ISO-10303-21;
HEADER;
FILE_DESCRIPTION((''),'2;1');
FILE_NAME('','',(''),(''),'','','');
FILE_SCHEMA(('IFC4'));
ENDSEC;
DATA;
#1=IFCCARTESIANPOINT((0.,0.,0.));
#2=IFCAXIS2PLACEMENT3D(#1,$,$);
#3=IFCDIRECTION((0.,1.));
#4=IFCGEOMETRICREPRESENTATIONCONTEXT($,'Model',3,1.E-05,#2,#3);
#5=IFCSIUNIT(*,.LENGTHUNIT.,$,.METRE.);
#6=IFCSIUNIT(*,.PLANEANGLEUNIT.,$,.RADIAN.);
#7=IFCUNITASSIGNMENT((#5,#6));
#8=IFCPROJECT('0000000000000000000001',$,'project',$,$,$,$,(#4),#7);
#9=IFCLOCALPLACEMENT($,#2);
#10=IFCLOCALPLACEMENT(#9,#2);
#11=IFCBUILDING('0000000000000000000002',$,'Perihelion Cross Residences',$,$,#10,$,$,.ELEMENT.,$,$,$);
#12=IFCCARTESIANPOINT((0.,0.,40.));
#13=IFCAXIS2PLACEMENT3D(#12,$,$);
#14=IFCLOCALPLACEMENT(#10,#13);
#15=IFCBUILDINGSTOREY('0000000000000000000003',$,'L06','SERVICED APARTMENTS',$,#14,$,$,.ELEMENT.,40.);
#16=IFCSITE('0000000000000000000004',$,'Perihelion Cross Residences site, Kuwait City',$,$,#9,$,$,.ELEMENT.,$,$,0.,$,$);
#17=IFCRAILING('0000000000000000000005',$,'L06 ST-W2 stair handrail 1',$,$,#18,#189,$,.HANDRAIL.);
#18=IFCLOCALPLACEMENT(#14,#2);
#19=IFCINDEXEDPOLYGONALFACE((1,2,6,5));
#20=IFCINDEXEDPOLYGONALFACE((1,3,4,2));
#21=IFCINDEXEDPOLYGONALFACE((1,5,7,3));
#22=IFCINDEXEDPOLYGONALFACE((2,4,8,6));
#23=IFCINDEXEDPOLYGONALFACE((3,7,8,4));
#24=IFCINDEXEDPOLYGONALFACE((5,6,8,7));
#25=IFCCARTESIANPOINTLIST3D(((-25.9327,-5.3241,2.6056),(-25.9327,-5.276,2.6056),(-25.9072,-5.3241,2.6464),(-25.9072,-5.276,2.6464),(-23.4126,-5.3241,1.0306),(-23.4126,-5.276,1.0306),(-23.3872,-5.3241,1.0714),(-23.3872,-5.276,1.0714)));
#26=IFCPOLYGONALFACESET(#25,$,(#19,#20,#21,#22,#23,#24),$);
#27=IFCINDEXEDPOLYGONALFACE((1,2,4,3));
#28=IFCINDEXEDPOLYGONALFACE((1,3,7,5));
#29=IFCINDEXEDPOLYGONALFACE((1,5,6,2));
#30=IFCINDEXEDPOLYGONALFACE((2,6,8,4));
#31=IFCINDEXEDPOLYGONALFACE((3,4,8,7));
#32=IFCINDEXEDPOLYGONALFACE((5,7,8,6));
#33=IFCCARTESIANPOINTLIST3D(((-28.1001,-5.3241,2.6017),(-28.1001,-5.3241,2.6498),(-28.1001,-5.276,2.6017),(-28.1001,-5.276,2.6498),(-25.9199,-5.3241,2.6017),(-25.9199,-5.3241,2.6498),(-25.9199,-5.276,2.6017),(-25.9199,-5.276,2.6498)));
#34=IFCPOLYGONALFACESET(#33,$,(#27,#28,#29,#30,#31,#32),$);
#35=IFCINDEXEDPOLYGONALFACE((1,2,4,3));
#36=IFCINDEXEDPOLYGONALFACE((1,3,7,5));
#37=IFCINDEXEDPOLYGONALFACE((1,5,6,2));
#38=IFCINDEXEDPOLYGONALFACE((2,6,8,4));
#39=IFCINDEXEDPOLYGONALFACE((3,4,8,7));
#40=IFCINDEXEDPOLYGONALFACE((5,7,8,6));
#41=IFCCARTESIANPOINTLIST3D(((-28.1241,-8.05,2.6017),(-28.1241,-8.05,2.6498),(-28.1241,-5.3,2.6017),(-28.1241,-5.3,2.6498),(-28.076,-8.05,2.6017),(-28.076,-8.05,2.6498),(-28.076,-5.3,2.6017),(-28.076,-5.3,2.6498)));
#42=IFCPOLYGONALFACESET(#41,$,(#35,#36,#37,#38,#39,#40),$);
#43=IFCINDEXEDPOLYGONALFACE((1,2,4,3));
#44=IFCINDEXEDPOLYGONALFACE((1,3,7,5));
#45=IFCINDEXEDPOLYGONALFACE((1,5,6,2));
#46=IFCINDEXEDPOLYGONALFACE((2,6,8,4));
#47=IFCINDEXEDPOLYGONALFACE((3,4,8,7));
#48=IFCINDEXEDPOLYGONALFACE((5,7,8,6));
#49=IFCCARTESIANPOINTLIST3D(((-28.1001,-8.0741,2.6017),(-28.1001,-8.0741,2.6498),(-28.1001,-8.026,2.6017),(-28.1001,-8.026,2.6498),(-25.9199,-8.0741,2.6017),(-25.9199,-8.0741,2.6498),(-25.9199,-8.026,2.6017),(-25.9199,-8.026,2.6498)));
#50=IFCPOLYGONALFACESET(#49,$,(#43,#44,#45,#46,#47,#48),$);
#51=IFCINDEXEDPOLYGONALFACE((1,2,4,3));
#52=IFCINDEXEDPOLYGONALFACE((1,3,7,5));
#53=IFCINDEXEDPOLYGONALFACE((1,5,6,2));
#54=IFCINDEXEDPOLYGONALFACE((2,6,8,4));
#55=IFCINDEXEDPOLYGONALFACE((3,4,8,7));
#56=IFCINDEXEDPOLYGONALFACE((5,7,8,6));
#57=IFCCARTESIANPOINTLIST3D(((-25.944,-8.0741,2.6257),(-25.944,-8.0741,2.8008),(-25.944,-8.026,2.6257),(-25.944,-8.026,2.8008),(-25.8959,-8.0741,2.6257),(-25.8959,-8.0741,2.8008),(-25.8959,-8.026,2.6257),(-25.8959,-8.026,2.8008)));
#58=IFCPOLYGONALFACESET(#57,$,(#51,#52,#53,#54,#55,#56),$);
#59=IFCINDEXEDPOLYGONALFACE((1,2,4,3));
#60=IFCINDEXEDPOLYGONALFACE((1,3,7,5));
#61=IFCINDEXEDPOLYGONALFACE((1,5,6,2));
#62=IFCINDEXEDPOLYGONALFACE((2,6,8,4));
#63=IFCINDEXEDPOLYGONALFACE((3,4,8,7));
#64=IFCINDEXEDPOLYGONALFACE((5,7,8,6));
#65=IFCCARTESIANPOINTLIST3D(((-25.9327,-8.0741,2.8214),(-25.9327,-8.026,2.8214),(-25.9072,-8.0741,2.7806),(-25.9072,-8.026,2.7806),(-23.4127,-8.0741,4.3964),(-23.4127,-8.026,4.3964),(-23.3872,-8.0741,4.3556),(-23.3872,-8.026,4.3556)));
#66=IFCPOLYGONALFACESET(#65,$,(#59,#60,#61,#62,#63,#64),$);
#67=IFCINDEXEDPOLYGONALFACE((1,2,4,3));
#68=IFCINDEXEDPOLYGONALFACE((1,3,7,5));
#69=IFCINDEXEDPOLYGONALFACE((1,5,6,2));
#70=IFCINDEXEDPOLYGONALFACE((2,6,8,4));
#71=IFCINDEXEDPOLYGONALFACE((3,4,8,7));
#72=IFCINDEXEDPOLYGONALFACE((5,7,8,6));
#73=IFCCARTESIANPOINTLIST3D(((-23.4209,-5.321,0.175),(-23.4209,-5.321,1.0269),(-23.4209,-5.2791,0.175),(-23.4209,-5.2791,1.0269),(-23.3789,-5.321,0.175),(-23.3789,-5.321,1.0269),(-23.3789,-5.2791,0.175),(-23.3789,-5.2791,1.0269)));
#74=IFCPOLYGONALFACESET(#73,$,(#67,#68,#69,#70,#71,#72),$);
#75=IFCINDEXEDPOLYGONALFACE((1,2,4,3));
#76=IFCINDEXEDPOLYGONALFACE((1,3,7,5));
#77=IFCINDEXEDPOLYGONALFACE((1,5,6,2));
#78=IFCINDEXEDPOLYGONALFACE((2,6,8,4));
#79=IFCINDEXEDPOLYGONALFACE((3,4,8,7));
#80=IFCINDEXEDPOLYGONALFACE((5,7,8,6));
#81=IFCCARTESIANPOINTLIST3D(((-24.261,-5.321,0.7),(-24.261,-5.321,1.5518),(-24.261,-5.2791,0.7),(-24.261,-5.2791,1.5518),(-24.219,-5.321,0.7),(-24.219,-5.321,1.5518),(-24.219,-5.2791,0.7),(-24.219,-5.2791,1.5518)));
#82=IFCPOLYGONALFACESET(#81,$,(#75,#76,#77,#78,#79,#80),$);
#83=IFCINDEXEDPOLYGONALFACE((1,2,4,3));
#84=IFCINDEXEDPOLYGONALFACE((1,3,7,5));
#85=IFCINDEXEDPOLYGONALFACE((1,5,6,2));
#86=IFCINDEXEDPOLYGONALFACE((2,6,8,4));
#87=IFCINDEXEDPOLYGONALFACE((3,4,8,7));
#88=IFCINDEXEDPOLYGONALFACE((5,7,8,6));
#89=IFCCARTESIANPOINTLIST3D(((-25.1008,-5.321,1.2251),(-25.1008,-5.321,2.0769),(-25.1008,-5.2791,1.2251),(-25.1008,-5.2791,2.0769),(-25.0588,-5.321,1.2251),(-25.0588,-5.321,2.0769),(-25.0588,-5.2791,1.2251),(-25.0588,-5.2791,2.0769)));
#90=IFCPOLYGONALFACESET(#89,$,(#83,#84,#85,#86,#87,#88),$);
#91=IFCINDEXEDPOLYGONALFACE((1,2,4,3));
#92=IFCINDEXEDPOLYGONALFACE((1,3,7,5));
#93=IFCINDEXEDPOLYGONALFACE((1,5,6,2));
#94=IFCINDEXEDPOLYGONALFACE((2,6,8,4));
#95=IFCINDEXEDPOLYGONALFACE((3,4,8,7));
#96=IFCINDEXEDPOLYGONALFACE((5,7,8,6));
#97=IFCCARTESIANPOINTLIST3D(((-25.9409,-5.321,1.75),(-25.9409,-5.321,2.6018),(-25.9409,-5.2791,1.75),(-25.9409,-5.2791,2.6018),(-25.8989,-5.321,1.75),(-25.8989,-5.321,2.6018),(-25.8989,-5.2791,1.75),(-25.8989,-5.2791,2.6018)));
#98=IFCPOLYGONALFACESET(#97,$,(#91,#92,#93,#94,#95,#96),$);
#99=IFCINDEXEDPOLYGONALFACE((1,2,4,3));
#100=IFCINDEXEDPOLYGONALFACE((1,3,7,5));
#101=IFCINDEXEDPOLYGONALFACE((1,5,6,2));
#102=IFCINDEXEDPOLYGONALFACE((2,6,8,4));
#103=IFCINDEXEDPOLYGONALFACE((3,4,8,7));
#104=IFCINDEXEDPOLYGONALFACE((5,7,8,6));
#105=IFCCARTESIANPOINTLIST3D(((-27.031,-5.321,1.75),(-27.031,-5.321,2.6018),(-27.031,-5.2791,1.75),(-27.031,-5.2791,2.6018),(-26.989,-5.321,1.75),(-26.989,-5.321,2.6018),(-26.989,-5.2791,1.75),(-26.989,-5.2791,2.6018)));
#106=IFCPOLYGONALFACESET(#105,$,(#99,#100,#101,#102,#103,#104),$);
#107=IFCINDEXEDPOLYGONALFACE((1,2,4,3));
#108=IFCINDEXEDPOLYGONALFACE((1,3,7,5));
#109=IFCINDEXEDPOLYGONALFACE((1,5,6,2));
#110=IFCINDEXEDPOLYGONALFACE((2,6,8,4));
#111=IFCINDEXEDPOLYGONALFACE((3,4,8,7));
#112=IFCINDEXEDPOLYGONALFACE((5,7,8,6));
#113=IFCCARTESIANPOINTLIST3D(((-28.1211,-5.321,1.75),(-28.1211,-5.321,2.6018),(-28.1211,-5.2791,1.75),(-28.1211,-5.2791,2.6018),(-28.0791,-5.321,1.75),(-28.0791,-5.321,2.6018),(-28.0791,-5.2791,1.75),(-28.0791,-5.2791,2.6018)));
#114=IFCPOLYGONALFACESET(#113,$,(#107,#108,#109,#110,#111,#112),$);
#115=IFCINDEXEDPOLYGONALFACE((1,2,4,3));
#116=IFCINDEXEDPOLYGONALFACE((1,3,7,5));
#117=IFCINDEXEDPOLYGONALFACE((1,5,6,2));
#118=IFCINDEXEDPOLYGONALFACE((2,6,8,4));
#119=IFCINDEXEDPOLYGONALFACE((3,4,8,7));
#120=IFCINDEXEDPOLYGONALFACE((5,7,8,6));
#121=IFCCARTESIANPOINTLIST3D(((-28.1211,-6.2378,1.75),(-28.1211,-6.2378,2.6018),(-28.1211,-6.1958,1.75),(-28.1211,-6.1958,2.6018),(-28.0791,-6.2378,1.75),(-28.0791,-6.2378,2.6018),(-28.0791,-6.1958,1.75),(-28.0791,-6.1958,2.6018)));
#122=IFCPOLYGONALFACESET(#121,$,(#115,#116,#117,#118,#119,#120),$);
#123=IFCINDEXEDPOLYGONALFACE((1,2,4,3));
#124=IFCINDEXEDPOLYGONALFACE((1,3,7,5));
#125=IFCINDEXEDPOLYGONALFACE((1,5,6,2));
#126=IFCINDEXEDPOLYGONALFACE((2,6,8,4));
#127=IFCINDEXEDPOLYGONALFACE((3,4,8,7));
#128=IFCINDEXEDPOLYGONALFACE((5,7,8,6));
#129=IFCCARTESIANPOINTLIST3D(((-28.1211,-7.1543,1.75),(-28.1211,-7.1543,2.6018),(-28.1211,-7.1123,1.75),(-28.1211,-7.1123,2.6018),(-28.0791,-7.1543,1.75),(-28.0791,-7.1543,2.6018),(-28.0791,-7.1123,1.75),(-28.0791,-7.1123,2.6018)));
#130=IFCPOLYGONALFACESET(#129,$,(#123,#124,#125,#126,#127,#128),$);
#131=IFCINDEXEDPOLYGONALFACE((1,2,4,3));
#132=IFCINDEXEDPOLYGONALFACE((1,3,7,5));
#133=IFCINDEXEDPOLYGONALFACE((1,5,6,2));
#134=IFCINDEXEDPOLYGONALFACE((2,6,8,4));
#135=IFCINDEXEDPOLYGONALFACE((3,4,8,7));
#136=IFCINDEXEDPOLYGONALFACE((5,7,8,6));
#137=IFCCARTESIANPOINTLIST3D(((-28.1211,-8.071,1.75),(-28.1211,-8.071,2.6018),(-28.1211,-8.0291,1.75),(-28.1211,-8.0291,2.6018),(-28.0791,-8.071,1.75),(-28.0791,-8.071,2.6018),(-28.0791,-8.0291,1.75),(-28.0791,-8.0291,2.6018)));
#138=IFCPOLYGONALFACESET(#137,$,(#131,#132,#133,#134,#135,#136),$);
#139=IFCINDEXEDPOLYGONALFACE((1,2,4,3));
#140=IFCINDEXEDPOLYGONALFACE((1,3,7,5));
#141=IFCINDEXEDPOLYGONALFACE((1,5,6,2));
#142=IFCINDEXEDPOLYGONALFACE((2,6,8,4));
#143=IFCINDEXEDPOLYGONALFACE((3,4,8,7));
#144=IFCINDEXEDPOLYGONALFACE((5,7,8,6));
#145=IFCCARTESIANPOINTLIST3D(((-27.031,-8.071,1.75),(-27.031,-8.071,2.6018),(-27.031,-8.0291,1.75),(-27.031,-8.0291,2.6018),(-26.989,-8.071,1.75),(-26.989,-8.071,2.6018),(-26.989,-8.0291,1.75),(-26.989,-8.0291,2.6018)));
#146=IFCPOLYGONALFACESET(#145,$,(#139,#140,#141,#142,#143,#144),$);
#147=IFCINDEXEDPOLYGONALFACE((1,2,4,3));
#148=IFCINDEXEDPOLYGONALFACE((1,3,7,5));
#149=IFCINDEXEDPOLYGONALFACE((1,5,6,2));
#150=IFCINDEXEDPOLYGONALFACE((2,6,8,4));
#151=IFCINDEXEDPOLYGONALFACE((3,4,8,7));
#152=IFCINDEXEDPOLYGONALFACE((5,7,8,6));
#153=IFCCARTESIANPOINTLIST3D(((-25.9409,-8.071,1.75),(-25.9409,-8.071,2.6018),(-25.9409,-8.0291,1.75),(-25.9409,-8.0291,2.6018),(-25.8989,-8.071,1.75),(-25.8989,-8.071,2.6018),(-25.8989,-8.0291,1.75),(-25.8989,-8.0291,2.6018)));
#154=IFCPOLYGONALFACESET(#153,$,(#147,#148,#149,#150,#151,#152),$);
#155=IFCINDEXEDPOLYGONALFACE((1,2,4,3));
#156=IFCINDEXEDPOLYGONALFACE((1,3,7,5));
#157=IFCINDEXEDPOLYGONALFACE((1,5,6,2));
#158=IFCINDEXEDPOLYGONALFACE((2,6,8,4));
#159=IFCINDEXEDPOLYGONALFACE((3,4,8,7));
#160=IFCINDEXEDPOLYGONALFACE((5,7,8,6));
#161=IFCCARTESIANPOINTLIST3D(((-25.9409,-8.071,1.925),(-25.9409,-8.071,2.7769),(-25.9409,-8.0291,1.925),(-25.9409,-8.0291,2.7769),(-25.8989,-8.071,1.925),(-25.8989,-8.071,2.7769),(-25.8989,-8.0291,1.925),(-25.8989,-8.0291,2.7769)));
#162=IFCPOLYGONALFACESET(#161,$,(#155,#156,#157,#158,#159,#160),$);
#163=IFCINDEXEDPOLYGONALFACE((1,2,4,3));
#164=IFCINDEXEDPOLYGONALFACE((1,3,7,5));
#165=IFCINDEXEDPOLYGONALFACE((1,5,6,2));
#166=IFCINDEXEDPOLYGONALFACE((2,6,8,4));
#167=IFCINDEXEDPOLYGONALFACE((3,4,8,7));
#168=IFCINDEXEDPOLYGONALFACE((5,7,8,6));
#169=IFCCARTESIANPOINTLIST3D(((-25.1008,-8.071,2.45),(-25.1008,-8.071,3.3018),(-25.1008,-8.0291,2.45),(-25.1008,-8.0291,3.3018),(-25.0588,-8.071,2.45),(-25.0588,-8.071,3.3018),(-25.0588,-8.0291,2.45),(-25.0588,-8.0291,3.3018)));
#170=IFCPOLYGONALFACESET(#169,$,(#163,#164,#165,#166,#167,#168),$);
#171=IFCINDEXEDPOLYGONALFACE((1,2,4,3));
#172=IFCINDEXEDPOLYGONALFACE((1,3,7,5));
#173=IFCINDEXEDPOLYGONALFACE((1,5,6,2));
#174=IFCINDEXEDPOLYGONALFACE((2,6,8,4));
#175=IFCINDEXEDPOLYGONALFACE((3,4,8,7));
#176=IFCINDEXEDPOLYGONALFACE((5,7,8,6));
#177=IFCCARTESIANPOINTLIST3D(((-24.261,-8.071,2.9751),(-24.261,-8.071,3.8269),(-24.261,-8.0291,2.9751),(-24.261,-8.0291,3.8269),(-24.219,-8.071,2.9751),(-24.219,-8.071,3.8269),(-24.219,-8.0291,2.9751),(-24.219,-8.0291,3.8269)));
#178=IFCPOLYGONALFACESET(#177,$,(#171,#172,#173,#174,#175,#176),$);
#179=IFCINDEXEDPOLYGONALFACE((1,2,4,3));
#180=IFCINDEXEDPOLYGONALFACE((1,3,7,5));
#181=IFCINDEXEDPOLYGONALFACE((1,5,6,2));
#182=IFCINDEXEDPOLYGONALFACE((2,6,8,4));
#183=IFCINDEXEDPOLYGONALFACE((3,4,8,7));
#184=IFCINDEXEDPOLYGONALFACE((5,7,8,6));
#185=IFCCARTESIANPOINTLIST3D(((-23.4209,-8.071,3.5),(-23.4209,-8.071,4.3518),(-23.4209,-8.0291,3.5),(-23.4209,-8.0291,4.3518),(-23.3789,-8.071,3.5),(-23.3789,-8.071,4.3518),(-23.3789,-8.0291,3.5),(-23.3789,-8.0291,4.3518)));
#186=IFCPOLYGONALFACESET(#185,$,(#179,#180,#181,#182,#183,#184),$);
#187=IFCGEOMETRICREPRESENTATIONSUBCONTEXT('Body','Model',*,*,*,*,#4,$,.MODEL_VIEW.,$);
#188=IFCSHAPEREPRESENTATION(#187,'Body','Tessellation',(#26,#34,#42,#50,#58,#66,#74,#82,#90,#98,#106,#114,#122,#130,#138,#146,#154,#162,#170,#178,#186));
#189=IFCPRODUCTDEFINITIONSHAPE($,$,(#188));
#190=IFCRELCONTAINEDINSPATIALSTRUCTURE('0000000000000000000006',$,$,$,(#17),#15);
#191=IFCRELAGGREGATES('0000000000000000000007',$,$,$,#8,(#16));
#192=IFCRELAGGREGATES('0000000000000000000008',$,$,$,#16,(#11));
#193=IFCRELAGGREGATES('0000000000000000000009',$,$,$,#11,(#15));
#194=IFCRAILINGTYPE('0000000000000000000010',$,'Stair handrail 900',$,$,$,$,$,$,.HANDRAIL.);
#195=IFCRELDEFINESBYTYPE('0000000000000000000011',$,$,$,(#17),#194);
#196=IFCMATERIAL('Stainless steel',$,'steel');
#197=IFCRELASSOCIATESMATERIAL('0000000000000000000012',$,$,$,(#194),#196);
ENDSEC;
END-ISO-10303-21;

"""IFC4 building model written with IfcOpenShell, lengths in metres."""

from ifc_helpers import new_model, si_unit, direction, frame, origin, origin_2d, place, context, subcontext, project, spatial, rectangle, extrude, material, type_object, element, save


model = new_model("IFC4")

# Units and contexts
model_context = context("Model", 3, precision=1e-05, world=origin(), true_north=direction((0.0, 1.0)))
body_context = subcontext(model_context, "Body", "Model", "MODEL_VIEW")
ifc_project = project(units=[si_unit("LENGTHUNIT", "METRE"), si_unit("PLANEANGLEUNIT", "RADIAN")], contexts=[model_context])

# Site, building, storey
site_placement = place(None, origin())
site = spatial("IfcSite", under=ifc_project, at=site_placement, Name="Perihelion Cross Residences site, Kuwait City", CompositionType="ELEMENT", RefElevation=0.0)
building_placement = place(site_placement, origin())
building = spatial("IfcBuilding", under=site, at=building_placement, Name="Perihelion Cross Residences", CompositionType="ELEMENT")
storey_placement = place(building_placement, frame((0.0, 0.0, 40.0)))
storey = spatial("IfcBuildingStorey", under=building, at=storey_placement, Name="L06", Description="SERVICED APARTMENTS", CompositionType="ELEMENT", Elevation=40.0)

# Railing
ifc_material_1 = material(Name="Stainless steel", Category="steel")
railing_type_1 = type_object("IfcRailingType", Name="Stair handrail 900", PredefinedType="HANDRAIL", material=ifc_material_1)
railing_1_placement = place(storey_placement, frame((-23.3999, -5.3, 0.175)))
element("IfcRailing", 1, at=railing_1_placement, inside=storey, type_object=railing_type_1, Name="L06 ST-W2 stair handrail 1", PredefinedType="HANDRAIL", context=body_context, shape_type="SweptSolid", body=[
    extrude(rectangle(XDim=0.0481, YDim=0.0481, at=origin_2d()), frame((0.0, 0.0, 0.876), z_axis=(-0.848008, 0.0, 0.529984), x_axis=(0.0, -1.0, 0.0)), (0.0, 0.0, 1.0), 2.9717),
    extrude(rectangle(XDim=0.0481, YDim=0.0481, at=origin_2d()), frame((-2.52, 0.0, 2.4507), z_axis=(-1.0, 0.0, 0.0), x_axis=(0.0, -1.0, 0.0)), (0.0, 0.0, 1.0), 2.1802),
    extrude(rectangle(XDim=0.0481, YDim=0.0481, at=origin_2d()), frame((-4.7002, 0.0, 2.4507), z_axis=(0.0, -1.0, 0.0), x_axis=(1.0, 0.0, 0.0)), (0.0, 0.0, 1.0), 2.75),
    extrude(rectangle(XDim=0.0481, YDim=0.0481, at=origin_2d()), frame((-4.7002, -2.75, 2.4507), z_axis=(1.0, 0.0, 0.0), x_axis=(0.0, 1.0, 0.0)), (0.0, 0.0, 1.0), 2.1802),
    extrude(rectangle(XDim=0.0481, YDim=0.0481, at=origin_2d()), frame((-2.52, -2.75, 2.4507), z_axis=(0.0, 0.0, 1.0), x_axis=(1.0, 0.0, 0.0)), (0.0, 0.0, 1.0), 0.175),
    extrude(rectangle(XDim=0.0481, YDim=0.0481, at=origin_2d()), frame((-2.52, -2.75, 2.626), z_axis=(0.848008, 0.0, 0.529984), x_axis=(0.0, 1.0, 0.0)), (0.0, 0.0, 1.0), 2.9717),
    extrude(rectangle(XDim=0.042, YDim=0.042, at=origin_2d()), origin(), (0.0, 0.0, 1.0), 0.8518),
    extrude(rectangle(XDim=0.042, YDim=0.042, at=origin_2d()), frame((-0.8401, 0.0, 0.5249)), (0.0, 0.0, 1.0), 0.8518),
    extrude(rectangle(XDim=0.042, YDim=0.042, at=origin_2d()), frame((-1.6799, 0.0, 1.05)), (0.0, 0.0, 1.0), 0.8518),
    extrude(rectangle(XDim=0.042, YDim=0.042, at=origin_2d()), frame((-2.52, 0.0, 1.575)), (0.0, 0.0, 1.0), 0.8518),
    extrude(rectangle(XDim=0.042, YDim=0.042, at=origin_2d()), frame((-3.6101, 0.0, 1.575)), (0.0, 0.0, 1.0), 0.8518),
    extrude(rectangle(XDim=0.042, YDim=0.042, at=origin_2d()), frame((-4.7002, 0.0, 1.575)), (0.0, 0.0, 1.0), 0.8518),
    extrude(rectangle(XDim=0.042, YDim=0.042, at=origin_2d()), frame((-4.7002, -0.9167, 1.575)), (0.0, 0.0, 1.0), 0.8518),
    extrude(rectangle(XDim=0.042, YDim=0.042, at=origin_2d()), frame((-4.7002, -1.8333, 1.575)), (0.0, 0.0, 1.0), 0.8518),
    extrude(rectangle(XDim=0.042, YDim=0.042, at=origin_2d()), frame((-4.7002, -2.75, 1.575)), (0.0, 0.0, 1.0), 0.8518),
    extrude(rectangle(XDim=0.042, YDim=0.042, at=origin_2d()), frame((-3.6101, -2.75, 1.575)), (0.0, 0.0, 1.0), 0.8518),
    extrude(rectangle(XDim=0.042, YDim=0.042, at=origin_2d()), frame((-2.52, -2.75, 1.575)), (0.0, 0.0, 1.0), 0.8518),
    extrude(rectangle(XDim=0.042, YDim=0.042, at=origin_2d()), frame((-2.52, -2.75, 1.75)), (0.0, 0.0, 1.0), 0.8518),
    extrude(rectangle(XDim=0.042, YDim=0.042, at=origin_2d()), frame((-1.6799, -2.75, 2.2749)), (0.0, 0.0, 1.0), 0.8518),
    extrude(rectangle(XDim=0.042, YDim=0.042, at=origin_2d()), frame((-0.8401, -2.75, 2.8)), (0.0, 0.0, 1.0), 0.8518),
    extrude(rectangle(XDim=0.042, YDim=0.042, at=origin_2d()), frame((0.0, -2.75, 3.325)), (0.0, 0.0, 1.0), 0.8518),
])

save(model, "model.ifc")
